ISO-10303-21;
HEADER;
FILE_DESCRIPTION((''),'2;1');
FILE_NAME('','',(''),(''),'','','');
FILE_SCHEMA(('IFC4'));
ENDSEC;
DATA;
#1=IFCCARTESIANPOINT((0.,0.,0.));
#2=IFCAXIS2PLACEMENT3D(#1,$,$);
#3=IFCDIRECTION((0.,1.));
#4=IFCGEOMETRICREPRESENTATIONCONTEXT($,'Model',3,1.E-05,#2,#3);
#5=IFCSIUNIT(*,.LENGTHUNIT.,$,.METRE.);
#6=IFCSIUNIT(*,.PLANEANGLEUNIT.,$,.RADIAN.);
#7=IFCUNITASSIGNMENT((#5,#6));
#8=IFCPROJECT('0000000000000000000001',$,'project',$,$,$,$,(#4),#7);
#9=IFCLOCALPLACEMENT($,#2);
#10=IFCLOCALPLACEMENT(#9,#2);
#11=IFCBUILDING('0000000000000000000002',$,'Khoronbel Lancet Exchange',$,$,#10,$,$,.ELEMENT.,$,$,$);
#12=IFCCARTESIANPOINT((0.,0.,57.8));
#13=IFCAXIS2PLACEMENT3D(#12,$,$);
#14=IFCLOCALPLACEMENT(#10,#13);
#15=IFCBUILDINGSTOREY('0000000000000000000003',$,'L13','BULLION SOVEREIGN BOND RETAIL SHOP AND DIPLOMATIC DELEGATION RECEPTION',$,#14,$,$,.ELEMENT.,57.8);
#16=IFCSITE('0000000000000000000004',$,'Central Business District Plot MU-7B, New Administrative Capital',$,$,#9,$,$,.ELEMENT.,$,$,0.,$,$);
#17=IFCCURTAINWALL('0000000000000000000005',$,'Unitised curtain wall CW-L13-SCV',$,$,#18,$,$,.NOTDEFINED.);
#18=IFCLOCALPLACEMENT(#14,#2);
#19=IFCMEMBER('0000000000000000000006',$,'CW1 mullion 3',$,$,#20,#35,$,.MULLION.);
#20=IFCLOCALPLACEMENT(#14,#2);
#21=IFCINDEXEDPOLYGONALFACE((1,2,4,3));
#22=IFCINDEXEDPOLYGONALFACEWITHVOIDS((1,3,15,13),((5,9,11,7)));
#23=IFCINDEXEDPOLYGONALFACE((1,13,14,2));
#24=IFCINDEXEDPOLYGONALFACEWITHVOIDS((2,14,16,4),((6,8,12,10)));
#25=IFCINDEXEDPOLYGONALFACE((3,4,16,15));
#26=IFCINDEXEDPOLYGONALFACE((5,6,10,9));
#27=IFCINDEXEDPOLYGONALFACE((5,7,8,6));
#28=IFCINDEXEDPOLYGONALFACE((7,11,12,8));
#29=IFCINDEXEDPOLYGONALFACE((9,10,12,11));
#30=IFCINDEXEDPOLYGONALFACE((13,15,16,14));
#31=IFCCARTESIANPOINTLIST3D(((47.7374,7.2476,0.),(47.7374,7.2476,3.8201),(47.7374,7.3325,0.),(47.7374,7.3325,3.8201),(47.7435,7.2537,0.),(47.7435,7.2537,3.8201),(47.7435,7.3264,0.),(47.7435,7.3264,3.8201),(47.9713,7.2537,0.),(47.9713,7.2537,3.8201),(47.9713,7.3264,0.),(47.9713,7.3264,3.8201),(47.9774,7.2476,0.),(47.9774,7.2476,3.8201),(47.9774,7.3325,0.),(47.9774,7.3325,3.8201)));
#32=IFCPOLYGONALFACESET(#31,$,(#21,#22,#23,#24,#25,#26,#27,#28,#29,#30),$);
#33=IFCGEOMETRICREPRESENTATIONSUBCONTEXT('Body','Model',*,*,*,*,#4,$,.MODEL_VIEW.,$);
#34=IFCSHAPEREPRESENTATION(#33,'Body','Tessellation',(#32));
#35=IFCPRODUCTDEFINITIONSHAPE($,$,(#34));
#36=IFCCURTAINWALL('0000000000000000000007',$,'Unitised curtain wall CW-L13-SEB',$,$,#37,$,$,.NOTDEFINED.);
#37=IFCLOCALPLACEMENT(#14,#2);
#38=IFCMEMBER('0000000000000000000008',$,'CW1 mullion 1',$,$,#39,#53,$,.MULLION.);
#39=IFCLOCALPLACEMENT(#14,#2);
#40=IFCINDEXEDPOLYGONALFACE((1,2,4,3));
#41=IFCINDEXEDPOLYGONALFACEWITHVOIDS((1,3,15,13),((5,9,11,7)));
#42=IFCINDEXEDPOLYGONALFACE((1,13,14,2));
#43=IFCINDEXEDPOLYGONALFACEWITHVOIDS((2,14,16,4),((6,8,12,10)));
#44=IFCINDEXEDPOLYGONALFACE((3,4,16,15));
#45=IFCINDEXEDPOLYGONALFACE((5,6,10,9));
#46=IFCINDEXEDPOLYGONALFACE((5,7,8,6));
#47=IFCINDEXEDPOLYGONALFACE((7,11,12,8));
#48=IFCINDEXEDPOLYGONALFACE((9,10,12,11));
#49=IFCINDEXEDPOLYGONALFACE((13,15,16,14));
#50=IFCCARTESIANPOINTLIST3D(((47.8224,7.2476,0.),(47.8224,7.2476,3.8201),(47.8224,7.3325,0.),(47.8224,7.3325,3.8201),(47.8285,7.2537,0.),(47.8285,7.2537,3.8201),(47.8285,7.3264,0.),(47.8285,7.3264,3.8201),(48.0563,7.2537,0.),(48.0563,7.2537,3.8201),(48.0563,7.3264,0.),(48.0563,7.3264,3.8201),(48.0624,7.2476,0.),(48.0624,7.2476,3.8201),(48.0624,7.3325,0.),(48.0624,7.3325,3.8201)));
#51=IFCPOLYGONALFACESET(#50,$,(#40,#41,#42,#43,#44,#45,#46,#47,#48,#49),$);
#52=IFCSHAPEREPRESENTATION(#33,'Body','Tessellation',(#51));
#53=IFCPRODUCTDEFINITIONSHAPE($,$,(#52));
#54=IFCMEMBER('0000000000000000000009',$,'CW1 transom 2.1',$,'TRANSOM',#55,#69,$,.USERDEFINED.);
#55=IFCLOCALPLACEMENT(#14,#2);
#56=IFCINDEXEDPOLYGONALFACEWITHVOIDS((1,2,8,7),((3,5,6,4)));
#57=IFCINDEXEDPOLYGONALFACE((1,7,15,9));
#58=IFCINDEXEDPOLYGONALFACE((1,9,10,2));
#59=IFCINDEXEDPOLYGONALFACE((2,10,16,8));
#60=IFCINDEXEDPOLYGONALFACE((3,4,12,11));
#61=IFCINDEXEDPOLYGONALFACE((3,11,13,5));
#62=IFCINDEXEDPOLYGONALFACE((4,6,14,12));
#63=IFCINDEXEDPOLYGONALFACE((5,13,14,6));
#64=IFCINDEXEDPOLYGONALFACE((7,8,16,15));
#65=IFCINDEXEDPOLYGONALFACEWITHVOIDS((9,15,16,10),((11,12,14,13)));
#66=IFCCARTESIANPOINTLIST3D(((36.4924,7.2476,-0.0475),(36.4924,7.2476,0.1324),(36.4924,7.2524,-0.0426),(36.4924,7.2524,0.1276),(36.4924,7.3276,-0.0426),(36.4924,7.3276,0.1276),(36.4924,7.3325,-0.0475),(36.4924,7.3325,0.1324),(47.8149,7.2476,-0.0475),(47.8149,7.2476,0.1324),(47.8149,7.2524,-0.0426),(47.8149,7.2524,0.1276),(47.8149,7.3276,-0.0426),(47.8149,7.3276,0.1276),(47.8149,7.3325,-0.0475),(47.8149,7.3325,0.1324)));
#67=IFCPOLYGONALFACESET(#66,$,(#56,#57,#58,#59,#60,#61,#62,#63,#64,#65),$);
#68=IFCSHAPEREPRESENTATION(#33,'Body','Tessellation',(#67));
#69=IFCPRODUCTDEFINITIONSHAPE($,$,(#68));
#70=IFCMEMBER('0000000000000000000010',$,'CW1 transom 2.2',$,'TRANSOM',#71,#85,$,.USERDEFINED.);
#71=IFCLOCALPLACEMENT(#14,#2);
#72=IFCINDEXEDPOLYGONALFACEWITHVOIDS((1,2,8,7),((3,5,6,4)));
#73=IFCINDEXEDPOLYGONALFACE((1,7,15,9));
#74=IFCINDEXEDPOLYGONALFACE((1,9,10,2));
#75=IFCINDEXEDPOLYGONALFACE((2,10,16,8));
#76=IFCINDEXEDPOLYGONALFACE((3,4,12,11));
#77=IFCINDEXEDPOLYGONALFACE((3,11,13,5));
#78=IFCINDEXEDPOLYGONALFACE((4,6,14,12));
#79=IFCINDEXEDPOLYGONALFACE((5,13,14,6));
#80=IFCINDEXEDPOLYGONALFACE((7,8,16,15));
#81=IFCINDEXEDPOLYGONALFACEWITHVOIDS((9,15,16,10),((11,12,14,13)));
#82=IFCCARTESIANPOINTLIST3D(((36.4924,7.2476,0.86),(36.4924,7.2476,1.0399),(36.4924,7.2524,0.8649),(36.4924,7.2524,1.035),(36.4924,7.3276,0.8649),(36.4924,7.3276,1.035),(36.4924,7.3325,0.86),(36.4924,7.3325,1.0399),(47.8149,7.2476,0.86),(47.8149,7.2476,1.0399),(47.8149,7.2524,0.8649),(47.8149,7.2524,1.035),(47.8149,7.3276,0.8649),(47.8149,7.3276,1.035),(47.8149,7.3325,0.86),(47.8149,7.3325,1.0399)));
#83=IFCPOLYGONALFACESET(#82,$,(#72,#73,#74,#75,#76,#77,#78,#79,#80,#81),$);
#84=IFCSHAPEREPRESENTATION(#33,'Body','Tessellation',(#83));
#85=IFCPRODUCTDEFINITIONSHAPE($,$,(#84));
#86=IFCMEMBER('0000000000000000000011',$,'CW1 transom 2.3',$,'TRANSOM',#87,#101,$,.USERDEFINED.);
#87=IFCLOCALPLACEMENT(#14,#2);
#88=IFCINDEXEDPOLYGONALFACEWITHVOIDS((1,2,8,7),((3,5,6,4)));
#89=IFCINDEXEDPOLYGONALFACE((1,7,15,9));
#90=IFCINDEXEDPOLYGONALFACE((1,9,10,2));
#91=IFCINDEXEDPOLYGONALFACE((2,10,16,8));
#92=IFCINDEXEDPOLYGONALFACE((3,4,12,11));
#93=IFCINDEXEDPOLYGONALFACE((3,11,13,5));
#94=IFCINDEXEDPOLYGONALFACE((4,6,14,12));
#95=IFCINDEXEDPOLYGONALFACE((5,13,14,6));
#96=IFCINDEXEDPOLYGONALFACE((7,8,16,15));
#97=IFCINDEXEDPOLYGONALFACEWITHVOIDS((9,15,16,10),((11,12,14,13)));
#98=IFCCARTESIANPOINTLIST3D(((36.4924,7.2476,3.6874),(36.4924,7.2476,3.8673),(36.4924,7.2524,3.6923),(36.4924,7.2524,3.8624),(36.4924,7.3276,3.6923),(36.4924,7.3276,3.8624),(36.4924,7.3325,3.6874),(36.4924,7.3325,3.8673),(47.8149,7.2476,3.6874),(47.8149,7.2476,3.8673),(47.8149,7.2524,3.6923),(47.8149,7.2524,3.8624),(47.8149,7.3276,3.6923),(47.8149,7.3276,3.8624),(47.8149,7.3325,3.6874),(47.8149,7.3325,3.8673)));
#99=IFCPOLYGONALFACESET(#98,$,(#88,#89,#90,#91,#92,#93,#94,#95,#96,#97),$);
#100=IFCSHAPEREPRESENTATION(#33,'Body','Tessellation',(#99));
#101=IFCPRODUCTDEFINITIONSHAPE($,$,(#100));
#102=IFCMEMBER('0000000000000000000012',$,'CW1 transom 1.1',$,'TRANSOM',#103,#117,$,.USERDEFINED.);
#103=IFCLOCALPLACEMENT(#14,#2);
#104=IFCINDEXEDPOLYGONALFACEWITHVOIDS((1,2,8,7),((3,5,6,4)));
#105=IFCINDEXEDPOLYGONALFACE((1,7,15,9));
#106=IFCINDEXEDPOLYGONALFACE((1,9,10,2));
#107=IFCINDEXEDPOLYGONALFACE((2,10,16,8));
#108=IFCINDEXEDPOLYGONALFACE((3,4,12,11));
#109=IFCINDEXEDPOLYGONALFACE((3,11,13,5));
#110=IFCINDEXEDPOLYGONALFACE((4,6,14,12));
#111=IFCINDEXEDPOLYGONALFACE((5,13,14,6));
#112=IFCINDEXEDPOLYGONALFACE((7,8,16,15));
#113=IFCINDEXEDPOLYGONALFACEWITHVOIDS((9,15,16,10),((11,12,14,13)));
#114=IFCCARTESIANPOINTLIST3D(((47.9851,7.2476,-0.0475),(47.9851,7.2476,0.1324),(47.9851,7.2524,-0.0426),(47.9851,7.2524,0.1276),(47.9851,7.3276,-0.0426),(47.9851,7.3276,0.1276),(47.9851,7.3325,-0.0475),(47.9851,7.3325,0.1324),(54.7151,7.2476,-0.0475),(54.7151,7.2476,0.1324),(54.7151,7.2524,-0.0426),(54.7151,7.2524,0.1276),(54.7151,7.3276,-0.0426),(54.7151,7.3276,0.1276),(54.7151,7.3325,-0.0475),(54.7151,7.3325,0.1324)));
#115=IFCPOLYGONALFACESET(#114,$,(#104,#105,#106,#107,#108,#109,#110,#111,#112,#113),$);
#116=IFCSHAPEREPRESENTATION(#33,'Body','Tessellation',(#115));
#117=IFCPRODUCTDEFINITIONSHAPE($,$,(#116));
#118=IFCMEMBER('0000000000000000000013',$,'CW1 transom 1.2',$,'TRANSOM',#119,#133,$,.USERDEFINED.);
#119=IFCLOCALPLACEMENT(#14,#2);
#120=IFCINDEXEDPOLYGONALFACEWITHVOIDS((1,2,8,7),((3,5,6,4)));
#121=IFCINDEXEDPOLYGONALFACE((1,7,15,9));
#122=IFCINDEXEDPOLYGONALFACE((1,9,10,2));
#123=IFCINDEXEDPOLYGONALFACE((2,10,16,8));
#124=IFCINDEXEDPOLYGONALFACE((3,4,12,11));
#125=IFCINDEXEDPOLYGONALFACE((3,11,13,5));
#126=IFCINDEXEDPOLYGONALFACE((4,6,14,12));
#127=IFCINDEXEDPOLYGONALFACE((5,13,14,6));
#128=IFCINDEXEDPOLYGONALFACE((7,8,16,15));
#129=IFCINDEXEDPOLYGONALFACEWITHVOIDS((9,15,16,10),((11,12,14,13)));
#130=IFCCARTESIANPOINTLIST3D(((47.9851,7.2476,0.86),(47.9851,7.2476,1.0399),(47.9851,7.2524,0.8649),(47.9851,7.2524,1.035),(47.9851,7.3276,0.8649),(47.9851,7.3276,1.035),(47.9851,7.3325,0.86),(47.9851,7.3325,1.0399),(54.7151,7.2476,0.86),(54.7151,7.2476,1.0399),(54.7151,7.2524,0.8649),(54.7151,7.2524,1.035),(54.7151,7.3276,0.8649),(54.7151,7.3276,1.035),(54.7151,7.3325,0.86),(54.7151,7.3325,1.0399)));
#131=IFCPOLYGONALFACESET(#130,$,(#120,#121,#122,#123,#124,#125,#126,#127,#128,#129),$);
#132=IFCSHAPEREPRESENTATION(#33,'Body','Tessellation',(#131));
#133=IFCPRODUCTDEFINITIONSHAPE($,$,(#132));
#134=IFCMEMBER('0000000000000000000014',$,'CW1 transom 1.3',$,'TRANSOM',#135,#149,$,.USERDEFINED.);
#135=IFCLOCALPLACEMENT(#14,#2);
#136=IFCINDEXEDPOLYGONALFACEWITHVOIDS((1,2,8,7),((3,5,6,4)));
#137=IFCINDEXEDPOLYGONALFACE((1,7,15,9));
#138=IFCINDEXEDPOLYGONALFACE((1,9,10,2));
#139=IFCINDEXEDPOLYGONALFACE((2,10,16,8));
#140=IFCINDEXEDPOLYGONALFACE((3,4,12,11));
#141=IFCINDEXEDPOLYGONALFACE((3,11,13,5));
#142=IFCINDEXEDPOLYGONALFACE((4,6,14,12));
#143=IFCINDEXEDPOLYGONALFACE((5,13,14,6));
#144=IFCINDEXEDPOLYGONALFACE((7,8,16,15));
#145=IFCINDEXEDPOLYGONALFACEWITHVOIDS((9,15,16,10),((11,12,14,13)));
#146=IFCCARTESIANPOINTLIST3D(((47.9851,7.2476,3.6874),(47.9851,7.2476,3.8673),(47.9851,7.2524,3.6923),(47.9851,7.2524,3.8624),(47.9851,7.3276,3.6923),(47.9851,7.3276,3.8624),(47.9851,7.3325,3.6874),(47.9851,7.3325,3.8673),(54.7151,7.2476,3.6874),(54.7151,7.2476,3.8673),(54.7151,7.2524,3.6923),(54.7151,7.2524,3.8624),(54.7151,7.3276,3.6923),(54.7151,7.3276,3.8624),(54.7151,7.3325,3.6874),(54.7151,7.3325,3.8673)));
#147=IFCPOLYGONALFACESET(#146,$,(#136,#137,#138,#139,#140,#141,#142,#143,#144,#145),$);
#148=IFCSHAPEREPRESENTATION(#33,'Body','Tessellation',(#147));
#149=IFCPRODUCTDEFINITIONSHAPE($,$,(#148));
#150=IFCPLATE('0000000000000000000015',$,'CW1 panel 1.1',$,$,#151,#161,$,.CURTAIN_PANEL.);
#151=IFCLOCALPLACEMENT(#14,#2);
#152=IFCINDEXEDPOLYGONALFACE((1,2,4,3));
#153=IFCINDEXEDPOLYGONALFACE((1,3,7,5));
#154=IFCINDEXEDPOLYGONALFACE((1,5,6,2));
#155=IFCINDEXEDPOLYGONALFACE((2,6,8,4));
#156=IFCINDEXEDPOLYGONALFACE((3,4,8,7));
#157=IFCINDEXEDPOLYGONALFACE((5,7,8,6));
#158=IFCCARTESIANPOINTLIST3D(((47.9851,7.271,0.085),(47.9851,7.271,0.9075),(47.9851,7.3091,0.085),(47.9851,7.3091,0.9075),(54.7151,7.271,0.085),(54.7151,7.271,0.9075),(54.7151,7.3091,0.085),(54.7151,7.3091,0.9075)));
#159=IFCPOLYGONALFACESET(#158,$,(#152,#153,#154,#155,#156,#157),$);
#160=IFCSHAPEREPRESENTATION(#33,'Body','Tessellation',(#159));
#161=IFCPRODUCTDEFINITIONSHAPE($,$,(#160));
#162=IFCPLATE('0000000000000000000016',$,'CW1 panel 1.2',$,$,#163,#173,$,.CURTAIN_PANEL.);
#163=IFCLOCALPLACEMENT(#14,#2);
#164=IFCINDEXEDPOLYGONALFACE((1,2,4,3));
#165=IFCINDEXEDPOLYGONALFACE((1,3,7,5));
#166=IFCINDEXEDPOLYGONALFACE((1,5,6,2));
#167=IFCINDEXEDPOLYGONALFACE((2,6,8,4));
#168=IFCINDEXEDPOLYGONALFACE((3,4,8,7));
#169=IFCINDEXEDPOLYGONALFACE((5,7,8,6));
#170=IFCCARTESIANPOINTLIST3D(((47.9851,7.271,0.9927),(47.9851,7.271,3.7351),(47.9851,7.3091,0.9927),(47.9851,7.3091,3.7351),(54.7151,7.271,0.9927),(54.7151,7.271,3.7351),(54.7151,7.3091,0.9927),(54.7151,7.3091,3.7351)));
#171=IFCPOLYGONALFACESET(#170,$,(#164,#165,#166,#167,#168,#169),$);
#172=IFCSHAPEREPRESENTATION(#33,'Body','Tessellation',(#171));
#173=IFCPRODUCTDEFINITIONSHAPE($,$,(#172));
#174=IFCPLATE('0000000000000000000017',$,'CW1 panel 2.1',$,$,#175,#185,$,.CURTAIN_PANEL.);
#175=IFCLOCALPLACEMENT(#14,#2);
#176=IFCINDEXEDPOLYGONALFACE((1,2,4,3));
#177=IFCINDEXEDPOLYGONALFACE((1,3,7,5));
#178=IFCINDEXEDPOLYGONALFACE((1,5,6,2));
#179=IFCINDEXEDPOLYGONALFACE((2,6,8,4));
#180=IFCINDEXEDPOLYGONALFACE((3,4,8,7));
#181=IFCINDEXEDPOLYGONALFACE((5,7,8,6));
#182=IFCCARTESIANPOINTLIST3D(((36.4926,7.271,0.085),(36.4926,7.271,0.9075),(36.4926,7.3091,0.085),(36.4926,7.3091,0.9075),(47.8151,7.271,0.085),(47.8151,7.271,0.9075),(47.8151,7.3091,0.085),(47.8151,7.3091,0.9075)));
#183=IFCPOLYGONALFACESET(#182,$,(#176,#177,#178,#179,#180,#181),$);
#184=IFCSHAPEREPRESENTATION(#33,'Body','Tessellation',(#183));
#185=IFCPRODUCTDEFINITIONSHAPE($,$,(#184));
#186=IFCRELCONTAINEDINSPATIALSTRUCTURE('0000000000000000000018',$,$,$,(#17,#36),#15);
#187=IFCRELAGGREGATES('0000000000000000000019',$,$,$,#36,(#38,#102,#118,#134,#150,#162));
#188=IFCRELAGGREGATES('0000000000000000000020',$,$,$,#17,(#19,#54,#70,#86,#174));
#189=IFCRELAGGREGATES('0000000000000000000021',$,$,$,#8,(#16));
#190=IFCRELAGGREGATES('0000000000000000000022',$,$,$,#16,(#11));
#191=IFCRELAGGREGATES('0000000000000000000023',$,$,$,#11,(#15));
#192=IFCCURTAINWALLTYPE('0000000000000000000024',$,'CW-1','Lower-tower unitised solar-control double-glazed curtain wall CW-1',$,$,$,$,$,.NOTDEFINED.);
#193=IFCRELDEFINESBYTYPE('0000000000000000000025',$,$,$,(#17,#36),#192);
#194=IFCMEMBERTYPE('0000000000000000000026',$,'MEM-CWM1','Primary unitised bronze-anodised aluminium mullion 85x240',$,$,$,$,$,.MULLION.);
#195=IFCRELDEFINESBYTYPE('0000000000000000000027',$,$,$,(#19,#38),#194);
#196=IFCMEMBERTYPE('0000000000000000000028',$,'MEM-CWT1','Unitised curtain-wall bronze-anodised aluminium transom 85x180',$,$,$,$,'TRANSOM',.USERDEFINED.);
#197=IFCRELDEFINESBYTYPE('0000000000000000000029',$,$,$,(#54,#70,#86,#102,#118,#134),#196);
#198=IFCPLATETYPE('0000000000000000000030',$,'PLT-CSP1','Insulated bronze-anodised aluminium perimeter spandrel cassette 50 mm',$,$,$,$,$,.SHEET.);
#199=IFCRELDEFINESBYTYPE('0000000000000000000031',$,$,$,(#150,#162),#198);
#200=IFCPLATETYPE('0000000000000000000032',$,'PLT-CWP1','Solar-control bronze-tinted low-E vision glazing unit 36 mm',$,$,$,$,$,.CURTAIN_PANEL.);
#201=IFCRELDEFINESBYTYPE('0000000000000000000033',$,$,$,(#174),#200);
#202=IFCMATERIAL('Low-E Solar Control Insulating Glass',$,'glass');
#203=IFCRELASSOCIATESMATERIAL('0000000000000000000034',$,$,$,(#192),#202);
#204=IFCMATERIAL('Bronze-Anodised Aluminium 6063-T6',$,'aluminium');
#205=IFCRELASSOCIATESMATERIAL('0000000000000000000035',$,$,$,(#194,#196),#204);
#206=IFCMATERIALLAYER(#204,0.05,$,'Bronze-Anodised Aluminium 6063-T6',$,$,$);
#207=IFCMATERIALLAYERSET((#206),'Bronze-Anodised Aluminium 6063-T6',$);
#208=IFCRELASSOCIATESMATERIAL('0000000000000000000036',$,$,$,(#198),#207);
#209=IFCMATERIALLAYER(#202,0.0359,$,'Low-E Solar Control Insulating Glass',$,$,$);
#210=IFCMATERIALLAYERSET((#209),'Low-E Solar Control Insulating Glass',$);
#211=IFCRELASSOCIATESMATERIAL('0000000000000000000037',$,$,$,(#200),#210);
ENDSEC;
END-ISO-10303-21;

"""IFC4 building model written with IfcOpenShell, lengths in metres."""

from ifc_helpers import new_model, si_unit, direction, frame, origin, origin_2d, place, context, subcontext, project, spatial, rectangle, hollow_rectangle, extrude, material, layer, layer_set, material_profile, profile_set, type_object, element, aggregate, save


model = new_model("IFC4")

# Units and contexts
model_context = context("Model", 3, precision=1e-05, world=origin(), true_north=direction((0.0, 1.0)))
body_context = subcontext(model_context, "Body", "Model", "MODEL_VIEW")
ifc_project = project(units=[si_unit("LENGTHUNIT", "METRE"), si_unit("PLANEANGLEUNIT", "RADIAN")], contexts=[model_context])

# Site, building, storey
site_placement = place(None, origin())
site = spatial("IfcSite", under=ifc_project, at=site_placement, Name="Central Business District Plot MU-7B, New Administrative Capital", CompositionType="ELEMENT", RefElevation=0.0)
building_placement = place(site_placement, origin())
building = spatial("IfcBuilding", under=site, at=building_placement, Name="Khoronbel Lancet Exchange", CompositionType="ELEMENT")
storey_placement = place(building_placement, frame((0.0, 0.0, 57.8)))
storey = spatial("IfcBuildingStorey", under=building, at=storey_placement, Name="L13", Description="BULLION SOVEREIGN BOND RETAIL SHOP AND DIPLOMATIC DELEGATION RECEPTION", CompositionType="ELEMENT", Elevation=57.8)

# Curtain wall, member
ifc_material_1 = material(Name="Low-E Solar Control Insulating Glass", Category="glass")
curtain_wall_type = type_object("IfcCurtainWallType", Name="CW-1", Description="Lower-tower unitised solar-control double-glazed curtain wall CW-1", PredefinedType="NOTDEFINED", material=ifc_material_1)
curtain_wall_1_placement = place(storey_placement, origin())
curtain_wall_1 = element("IfcCurtainWall", 1, at=curtain_wall_1_placement, inside=storey, type_object=curtain_wall_type, Name="Unitised curtain wall CW-L13-SCV", PredefinedType="NOTDEFINED")
ifc_material_2 = material(Name="Bronze-Anodised Aluminium 6063-T6", Category="aluminium")
ifc_material_profile_1 = material_profile(ifc_material_2, hollow_rectangle(XDim=0.085, YDim=0.24, WallThickness=0.0061, at=origin_2d()), Name="ALU MULLION 85x240")
ifc_profile_set_1 = profile_set([ifc_material_profile_1], Name="Bronze-Anodised Aluminium 6063-T6")
member_type_1 = type_object("IfcMemberType", Name="MEM-CWM1", Description="Primary unitised bronze-anodised aluminium mullion 85x240", PredefinedType="MULLION", material=ifc_profile_set_1)
member_1_placement = place(storey_placement, frame((47.8574, 7.29, 0.0), z_axis=(0.0, 0.0, 1.0), x_axis=(0.0, 1.0, 0.0)))
member_1 = element("IfcMember", 2, at=member_1_placement, type_object=member_type_1, Name="CW1 mullion 3", PredefinedType="MULLION", context=body_context, shape_type="SweptSolid", body=[
    extrude(hollow_rectangle(XDim=0.085, YDim=0.24, WallThickness=0.0061, at=origin_2d()), origin(), (0.0, 0.0, 1.0), 3.8201),
])

# Curtain wall, member
curtain_wall_2_placement = place(storey_placement, origin())
curtain_wall_2 = element("IfcCurtainWall", 3, at=curtain_wall_2_placement, inside=storey, type_object=curtain_wall_type, Name="Unitised curtain wall CW-L13-SEB", PredefinedType="NOTDEFINED")
member_2_placement = place(storey_placement, frame((47.9424, 7.29, 0.0), z_axis=(0.0, 0.0, 1.0), x_axis=(0.0, 1.0, 0.0)))
member_2 = element("IfcMember", 4, at=member_2_placement, type_object=member_type_1, Name="CW1 mullion 1", PredefinedType="MULLION", context=body_context, shape_type="SweptSolid", body=[
    extrude(hollow_rectangle(XDim=0.085, YDim=0.24, WallThickness=0.0061, at=origin_2d()), origin(), (0.0, 0.0, 1.0), 3.8201),
])

# Members
ifc_material_profile_2 = material_profile(ifc_material_2, hollow_rectangle(XDim=0.085, YDim=0.1799, WallThickness=0.0049, at=origin_2d()), Name="ALU TRANSOM 85x180")
ifc_profile_set_2 = profile_set([ifc_material_profile_2], Name="Bronze-Anodised Aluminium 6063-T6")
member_type_2 = type_object("IfcMemberType", Name="MEM-CWT1", Description="Unitised curtain-wall bronze-anodised aluminium transom 85x180", ElementType="TRANSOM", PredefinedType="USERDEFINED", material=ifc_profile_set_2)
member_3_placement = place(storey_placement, frame((36.4924, 7.29, 0.0425), z_axis=(1.0, 0.0, 0.0), x_axis=(0.0, 1.0, 0.0)))
member_3 = element("IfcMember", 5, at=member_3_placement, type_object=member_type_2, Name="CW1 transom 2.1", ObjectType="TRANSOM", PredefinedType="USERDEFINED", context=body_context, shape_type="SweptSolid", body=[
    extrude(hollow_rectangle(XDim=0.085, YDim=0.1799, WallThickness=0.0049, at=origin_2d()), origin(), (0.0, 0.0, 1.0), 11.3225),
])
member_4_placement = place(storey_placement, frame((36.4924, 7.29, 0.95), z_axis=(1.0, 0.0, 0.0), x_axis=(0.0, 1.0, 0.0)))
member_4 = element("IfcMember", 6, at=member_4_placement, type_object=member_type_2, Name="CW1 transom 2.2", ObjectType="TRANSOM", PredefinedType="USERDEFINED", context=body_context, shape_type="SweptSolid", body=[
    extrude(hollow_rectangle(XDim=0.085, YDim=0.1799, WallThickness=0.0049, at=origin_2d()), origin(), (0.0, 0.0, 1.0), 11.3225),
])
member_5_placement = place(storey_placement, frame((36.4924, 7.29, 3.7773), z_axis=(1.0, 0.0, 0.0), x_axis=(0.0, 1.0, 0.0)))
member_5 = element("IfcMember", 7, at=member_5_placement, type_object=member_type_2, Name="CW1 transom 2.3", ObjectType="TRANSOM", PredefinedType="USERDEFINED", context=body_context, shape_type="SweptSolid", body=[
    extrude(hollow_rectangle(XDim=0.085, YDim=0.1799, WallThickness=0.0049, at=origin_2d()), origin(), (0.0, 0.0, 1.0), 11.3225),
])
member_6_placement = place(storey_placement, frame((47.9851, 7.29, 0.0425), z_axis=(1.0, 0.0, 0.0), x_axis=(0.0, 1.0, 0.0)))
member_6 = element("IfcMember", 8, at=member_6_placement, type_object=member_type_2, Name="CW1 transom 1.1", ObjectType="TRANSOM", PredefinedType="USERDEFINED", context=body_context, shape_type="SweptSolid", body=[
    extrude(hollow_rectangle(XDim=0.085, YDim=0.1799, WallThickness=0.0049, at=origin_2d()), origin(), (0.0, 0.0, 1.0), 6.73),
])
member_7_placement = place(storey_placement, frame((47.9851, 7.29, 0.95), z_axis=(1.0, 0.0, 0.0), x_axis=(0.0, 1.0, 0.0)))
member_7 = element("IfcMember", 9, at=member_7_placement, type_object=member_type_2, Name="CW1 transom 1.2", ObjectType="TRANSOM", PredefinedType="USERDEFINED", context=body_context, shape_type="SweptSolid", body=[
    extrude(hollow_rectangle(XDim=0.085, YDim=0.1799, WallThickness=0.0049, at=origin_2d()), origin(), (0.0, 0.0, 1.0), 6.73),
])
member_8_placement = place(storey_placement, frame((47.9851, 7.29, 3.7773), z_axis=(1.0, 0.0, 0.0), x_axis=(0.0, 1.0, 0.0)))
member_8 = element("IfcMember", 10, at=member_8_placement, type_object=member_type_2, Name="CW1 transom 1.3", ObjectType="TRANSOM", PredefinedType="USERDEFINED", context=body_context, shape_type="SweptSolid", body=[
    extrude(hollow_rectangle(XDim=0.085, YDim=0.1799, WallThickness=0.0049, at=origin_2d()), origin(), (0.0, 0.0, 1.0), 6.73),
])

# Plates
ifc_layer_1 = layer(ifc_material_2, 0.05, Name="Bronze-Anodised Aluminium 6063-T6")
ifc_layer_set_1 = layer_set([ifc_layer_1], Name="Bronze-Anodised Aluminium 6063-T6")
plate_type_1 = type_object("IfcPlateType", Name="PLT-CSP1", Description="Insulated bronze-anodised aluminium perimeter spandrel cassette 50 mm", PredefinedType="SHEET", material=ifc_layer_set_1)
plate_1_placement = place(storey_placement, frame((51.3501, 7.29, 0.085), z_axis=(0.0, 0.0, 1.0), x_axis=(1.0, 0.0, 0.0)))
plate_1 = element("IfcPlate", 11, at=plate_1_placement, type_object=plate_type_1, Name="CW1 panel 1.1", PredefinedType="CURTAIN_PANEL", context=body_context, shape_type="SweptSolid", body=[
    extrude(rectangle(XDim=6.73, YDim=0.0381, at=origin_2d()), origin(), (0.0, 0.0, 1.0), 0.8225),
])
plate_2_placement = place(storey_placement, frame((51.3501, 7.29, 0.9927), z_axis=(0.0, 0.0, 1.0), x_axis=(1.0, 0.0, 0.0)))
plate_2 = element("IfcPlate", 12, at=plate_2_placement, type_object=plate_type_1, Name="CW1 panel 1.2", PredefinedType="CURTAIN_PANEL", context=body_context, shape_type="SweptSolid", body=[
    extrude(rectangle(XDim=6.73, YDim=0.0381, at=origin_2d()), origin(), (0.0, 0.0, 1.0), 2.7424),
])
aggregate(curtain_wall_2, [member_2, member_6, member_7, member_8, plate_1, plate_2])
ifc_layer_2 = layer(ifc_material_1, 0.0359, Name="Low-E Solar Control Insulating Glass")
ifc_layer_set_2 = layer_set([ifc_layer_2], Name="Low-E Solar Control Insulating Glass")
plate_type_2 = type_object("IfcPlateType", Name="PLT-CWP1", Description="Solar-control bronze-tinted low-E vision glazing unit 36 mm", PredefinedType="CURTAIN_PANEL", material=ifc_layer_set_2)
plate_3_placement = place(storey_placement, frame((42.1538, 7.29, 0.085), z_axis=(0.0, 0.0, 1.0), x_axis=(1.0, 0.0, 0.0)))
plate_3 = element("IfcPlate", 13, at=plate_3_placement, type_object=plate_type_2, Name="CW1 panel 2.1", PredefinedType="CURTAIN_PANEL", context=body_context, shape_type="SweptSolid", body=[
    extrude(rectangle(XDim=11.3225, YDim=0.0381, at=origin_2d()), origin(), (0.0, 0.0, 1.0), 0.8225),
])
aggregate(curtain_wall_1, [member_1, member_3, member_4, member_5, plate_3])

save(model, "model.ifc")
